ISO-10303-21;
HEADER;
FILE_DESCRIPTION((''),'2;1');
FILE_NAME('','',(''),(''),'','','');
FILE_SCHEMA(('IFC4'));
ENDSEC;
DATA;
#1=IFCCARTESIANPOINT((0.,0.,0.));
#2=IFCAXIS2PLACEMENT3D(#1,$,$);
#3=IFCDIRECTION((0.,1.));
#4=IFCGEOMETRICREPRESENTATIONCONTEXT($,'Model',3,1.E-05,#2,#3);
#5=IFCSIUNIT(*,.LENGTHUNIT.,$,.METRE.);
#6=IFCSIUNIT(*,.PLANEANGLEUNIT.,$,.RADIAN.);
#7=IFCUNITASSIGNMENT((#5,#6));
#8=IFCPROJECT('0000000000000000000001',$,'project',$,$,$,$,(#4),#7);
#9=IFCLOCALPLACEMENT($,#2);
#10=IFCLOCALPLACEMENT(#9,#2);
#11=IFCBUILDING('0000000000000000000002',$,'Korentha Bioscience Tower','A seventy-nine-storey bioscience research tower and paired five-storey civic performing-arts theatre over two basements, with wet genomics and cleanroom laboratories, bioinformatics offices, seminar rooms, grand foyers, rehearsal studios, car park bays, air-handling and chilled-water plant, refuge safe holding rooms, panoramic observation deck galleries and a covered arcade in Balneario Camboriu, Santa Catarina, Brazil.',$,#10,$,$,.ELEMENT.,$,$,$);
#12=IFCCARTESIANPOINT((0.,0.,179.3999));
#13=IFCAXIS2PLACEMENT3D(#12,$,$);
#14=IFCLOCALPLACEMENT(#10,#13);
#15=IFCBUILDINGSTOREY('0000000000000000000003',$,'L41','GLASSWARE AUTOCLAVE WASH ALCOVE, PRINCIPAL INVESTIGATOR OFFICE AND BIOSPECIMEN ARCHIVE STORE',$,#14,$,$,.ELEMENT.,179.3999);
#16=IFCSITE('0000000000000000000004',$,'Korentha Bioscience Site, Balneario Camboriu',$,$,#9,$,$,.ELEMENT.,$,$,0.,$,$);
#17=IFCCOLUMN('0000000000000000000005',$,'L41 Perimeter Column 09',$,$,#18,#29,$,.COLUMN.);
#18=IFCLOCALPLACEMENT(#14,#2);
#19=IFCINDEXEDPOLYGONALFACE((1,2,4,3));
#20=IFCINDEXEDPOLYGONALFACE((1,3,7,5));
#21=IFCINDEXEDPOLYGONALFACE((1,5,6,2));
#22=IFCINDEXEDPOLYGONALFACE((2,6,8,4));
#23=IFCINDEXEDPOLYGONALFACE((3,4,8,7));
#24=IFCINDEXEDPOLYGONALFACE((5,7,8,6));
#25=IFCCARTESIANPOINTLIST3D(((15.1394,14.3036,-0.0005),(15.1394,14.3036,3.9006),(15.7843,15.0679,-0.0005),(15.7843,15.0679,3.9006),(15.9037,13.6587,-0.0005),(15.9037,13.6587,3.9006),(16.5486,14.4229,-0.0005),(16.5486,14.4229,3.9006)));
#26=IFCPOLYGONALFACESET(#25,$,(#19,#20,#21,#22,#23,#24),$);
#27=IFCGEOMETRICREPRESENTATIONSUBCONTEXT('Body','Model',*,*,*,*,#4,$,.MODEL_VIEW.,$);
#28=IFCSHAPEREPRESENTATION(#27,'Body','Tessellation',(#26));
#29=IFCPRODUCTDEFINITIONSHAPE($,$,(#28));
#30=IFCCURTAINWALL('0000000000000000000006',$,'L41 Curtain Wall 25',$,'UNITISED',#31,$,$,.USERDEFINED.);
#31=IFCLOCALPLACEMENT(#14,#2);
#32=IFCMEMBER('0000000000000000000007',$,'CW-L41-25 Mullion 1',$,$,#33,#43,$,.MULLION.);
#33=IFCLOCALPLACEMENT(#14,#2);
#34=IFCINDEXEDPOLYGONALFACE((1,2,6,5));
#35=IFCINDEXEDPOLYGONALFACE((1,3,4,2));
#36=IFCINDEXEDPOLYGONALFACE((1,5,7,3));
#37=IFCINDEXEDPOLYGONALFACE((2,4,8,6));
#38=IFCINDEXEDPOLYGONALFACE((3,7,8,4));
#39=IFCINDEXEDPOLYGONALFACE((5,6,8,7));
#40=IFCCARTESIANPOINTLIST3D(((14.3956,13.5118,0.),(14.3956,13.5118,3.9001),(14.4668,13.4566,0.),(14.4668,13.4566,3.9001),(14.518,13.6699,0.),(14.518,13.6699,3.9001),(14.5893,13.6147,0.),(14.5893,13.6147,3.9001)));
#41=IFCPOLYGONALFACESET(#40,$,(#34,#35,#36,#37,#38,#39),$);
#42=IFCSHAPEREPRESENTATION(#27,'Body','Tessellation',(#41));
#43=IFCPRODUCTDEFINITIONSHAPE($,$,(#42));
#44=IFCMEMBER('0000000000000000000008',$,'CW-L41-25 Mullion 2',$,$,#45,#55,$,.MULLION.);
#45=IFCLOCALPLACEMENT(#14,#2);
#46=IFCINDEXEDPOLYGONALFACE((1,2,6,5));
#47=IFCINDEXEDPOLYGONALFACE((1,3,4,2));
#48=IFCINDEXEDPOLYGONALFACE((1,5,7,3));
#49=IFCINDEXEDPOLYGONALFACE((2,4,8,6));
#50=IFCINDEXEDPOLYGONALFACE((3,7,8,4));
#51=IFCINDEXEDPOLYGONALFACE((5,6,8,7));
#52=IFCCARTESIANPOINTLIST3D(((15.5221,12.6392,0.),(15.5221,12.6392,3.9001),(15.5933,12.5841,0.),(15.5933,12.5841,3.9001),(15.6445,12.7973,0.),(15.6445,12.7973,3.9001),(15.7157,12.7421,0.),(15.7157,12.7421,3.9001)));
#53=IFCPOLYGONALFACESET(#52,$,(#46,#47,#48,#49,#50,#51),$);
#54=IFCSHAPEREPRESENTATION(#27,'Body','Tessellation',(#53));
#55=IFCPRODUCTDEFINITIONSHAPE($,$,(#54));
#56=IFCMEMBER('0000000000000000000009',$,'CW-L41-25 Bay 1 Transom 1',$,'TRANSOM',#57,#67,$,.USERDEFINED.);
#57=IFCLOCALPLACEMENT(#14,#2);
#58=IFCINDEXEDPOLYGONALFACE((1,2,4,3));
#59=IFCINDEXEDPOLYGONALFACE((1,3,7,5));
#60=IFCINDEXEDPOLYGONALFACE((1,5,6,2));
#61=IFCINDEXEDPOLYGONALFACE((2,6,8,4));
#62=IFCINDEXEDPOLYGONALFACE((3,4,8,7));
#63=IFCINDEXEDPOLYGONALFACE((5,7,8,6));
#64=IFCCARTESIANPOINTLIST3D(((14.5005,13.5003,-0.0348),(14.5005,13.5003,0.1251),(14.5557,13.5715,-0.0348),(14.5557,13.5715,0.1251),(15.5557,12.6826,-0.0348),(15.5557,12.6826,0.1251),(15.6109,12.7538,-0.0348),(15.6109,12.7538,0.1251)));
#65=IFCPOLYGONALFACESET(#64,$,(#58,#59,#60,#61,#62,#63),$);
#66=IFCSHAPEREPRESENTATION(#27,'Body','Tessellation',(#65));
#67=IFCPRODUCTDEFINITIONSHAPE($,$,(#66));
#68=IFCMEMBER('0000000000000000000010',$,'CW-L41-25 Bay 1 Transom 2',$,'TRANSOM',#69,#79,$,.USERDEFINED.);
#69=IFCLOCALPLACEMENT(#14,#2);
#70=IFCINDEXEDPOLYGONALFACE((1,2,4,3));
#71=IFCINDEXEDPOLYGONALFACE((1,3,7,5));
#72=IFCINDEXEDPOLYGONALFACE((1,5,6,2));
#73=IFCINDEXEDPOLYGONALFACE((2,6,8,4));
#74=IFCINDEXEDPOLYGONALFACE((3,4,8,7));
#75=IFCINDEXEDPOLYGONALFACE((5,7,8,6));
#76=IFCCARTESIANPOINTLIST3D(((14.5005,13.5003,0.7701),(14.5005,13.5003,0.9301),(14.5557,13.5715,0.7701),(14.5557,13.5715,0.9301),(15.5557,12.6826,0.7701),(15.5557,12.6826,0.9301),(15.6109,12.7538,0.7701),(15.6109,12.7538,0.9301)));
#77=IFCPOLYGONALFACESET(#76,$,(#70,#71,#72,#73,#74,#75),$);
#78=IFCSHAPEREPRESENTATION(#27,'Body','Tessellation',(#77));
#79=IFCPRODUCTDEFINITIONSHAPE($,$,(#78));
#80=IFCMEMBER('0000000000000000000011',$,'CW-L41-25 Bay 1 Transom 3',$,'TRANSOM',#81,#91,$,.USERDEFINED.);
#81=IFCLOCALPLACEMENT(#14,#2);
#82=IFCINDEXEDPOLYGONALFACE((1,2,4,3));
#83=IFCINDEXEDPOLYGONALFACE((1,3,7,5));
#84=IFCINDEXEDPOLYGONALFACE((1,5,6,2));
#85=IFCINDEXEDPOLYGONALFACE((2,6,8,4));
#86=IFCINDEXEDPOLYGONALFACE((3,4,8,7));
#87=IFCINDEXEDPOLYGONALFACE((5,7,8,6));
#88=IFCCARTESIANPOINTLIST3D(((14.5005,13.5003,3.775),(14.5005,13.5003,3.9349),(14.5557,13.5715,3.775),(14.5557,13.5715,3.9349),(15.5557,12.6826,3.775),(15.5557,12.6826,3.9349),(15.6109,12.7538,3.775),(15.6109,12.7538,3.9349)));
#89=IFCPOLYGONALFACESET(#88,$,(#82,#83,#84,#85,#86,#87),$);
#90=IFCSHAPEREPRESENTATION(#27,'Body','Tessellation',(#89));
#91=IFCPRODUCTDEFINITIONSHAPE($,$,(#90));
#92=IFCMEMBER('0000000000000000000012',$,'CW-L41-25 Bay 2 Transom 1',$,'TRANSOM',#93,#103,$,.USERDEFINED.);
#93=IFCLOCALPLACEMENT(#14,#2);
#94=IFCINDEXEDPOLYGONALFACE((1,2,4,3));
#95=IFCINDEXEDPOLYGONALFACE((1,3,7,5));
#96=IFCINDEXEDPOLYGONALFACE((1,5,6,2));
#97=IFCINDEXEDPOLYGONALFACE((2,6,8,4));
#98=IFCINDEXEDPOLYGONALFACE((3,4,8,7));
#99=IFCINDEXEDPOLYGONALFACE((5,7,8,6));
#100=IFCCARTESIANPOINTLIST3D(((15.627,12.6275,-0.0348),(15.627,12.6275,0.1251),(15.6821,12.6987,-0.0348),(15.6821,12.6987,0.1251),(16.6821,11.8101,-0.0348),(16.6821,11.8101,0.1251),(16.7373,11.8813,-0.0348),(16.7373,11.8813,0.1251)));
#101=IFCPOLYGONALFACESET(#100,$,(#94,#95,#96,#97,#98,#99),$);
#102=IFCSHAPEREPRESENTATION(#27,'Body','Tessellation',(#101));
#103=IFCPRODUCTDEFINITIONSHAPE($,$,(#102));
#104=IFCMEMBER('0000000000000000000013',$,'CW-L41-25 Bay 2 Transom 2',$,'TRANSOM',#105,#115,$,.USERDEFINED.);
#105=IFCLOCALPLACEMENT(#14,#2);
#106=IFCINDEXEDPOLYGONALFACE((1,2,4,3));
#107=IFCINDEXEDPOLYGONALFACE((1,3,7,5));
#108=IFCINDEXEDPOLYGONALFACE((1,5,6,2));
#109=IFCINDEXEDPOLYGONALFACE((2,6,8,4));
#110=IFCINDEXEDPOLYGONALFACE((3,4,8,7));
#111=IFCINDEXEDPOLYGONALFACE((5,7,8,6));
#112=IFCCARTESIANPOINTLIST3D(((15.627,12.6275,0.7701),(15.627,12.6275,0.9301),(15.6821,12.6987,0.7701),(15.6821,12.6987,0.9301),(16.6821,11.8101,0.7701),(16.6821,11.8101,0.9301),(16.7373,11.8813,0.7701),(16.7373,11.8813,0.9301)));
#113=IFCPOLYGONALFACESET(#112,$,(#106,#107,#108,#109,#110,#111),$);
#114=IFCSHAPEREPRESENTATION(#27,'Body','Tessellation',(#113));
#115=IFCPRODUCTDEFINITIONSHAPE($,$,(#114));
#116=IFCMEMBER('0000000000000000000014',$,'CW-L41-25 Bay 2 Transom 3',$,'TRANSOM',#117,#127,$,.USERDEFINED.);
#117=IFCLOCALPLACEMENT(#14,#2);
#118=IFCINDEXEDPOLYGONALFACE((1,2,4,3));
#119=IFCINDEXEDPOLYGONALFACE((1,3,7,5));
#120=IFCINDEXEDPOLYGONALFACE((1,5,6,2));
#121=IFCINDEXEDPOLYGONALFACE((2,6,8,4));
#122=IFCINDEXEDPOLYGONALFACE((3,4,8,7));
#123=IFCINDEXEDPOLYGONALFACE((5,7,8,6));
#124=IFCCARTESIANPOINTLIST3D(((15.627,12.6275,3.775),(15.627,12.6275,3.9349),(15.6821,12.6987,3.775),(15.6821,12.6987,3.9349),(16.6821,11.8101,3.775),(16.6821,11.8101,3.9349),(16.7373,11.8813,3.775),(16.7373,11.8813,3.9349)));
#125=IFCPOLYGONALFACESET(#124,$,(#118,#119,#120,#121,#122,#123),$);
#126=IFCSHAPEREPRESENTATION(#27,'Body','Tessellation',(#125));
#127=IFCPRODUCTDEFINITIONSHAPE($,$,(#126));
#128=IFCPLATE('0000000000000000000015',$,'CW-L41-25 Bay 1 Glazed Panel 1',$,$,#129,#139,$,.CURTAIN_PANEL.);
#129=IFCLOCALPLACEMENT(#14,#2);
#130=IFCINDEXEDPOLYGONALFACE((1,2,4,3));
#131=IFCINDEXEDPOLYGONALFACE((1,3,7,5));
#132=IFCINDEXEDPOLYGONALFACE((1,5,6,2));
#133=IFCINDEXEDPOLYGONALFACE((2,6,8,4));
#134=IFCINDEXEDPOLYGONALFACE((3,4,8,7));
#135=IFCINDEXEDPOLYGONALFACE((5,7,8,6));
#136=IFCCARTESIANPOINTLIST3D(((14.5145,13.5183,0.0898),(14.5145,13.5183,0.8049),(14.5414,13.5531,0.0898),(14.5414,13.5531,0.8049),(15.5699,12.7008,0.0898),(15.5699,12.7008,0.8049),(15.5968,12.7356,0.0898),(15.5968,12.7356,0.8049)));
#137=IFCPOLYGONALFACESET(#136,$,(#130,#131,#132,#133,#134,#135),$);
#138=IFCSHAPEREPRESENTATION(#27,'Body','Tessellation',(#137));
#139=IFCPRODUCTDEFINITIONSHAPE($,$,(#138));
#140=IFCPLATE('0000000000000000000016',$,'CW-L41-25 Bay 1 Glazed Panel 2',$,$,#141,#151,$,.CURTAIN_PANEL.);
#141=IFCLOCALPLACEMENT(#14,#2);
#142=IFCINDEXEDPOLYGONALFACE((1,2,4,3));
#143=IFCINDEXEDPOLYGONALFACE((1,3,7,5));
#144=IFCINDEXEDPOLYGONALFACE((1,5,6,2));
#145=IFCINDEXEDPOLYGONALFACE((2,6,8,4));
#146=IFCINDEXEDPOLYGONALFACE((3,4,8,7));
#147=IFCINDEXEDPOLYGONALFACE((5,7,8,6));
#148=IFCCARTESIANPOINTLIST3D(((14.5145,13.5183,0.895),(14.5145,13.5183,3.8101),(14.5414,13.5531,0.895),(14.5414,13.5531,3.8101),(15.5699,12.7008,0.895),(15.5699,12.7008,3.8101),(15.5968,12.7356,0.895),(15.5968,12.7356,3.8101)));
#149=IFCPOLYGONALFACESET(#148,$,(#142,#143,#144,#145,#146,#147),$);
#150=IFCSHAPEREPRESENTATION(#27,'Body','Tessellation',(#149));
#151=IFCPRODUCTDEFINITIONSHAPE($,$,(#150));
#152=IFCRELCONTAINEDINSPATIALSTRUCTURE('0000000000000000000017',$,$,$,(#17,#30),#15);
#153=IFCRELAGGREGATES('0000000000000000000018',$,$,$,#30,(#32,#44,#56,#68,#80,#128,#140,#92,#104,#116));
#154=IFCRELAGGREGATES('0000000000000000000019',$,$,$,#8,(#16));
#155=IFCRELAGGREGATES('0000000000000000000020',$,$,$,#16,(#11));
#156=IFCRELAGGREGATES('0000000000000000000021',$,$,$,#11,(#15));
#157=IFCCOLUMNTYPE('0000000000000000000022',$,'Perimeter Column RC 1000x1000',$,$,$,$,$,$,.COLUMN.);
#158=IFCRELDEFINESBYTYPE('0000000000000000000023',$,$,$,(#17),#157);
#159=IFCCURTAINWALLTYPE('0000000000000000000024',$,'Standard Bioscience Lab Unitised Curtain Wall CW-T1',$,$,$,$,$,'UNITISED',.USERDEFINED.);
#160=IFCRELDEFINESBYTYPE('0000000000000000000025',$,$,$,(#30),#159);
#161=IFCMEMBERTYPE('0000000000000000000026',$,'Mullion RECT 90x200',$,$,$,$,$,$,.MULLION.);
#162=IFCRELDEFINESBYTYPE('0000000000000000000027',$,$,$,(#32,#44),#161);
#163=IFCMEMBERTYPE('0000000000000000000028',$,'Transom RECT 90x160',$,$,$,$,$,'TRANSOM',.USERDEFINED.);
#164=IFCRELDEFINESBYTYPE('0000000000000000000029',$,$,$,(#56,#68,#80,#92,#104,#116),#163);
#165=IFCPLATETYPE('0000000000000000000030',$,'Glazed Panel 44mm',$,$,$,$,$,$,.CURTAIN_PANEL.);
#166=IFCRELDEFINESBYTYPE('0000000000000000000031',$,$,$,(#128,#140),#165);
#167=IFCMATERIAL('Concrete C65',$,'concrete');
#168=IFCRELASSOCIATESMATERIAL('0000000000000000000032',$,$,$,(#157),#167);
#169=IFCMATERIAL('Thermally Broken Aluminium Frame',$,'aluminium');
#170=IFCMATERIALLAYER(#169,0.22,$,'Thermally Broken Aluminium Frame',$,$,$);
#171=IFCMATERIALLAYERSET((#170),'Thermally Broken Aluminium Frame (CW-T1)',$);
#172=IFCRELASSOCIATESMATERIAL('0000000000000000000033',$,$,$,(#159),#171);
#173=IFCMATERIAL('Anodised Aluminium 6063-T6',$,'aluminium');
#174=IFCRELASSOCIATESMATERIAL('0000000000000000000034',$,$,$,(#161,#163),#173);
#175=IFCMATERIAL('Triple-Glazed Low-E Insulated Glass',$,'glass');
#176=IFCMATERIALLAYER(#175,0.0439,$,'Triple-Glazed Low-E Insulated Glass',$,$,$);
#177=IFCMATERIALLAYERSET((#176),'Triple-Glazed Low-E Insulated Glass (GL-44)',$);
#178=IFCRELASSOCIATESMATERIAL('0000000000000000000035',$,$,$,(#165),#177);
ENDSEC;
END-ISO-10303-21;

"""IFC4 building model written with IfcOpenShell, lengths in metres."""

from ifc_helpers import new_model, si_unit, direction, frame, origin, origin_2d, place, context, subcontext, project, spatial, rectangle, extrude, material, layer, layer_set, material_profile, profile_set, type_object, element, aggregate, save


model = new_model("IFC4")

# Units and contexts
model_context = context("Model", 3, precision=1e-05, world=origin(), true_north=direction((0.0, 1.0)))
body_context = subcontext(model_context, "Body", "Model", "MODEL_VIEW")
ifc_project = project(units=[si_unit("LENGTHUNIT", "METRE"), si_unit("PLANEANGLEUNIT", "RADIAN")], contexts=[model_context])

# Site, building, storey
site_placement = place(None, origin())
site = spatial("IfcSite", under=ifc_project, at=site_placement, Name="Korentha Bioscience Site, Balneario Camboriu", CompositionType="ELEMENT", RefElevation=0.0)
building_placement = place(site_placement, origin())
building = spatial("IfcBuilding", under=site, at=building_placement, Name="Korentha Bioscience Tower", Description="A seventy-nine-storey bioscience research tower and paired five-storey civic performing-arts theatre over two basements, with wet genomics and cleanroom laboratories, bioinformatics offices, seminar rooms, grand foyers, rehearsal studios, car park bays, air-handling and chilled-water plant, refuge safe holding rooms, panoramic observation deck galleries and a covered arcade in Balneario Camboriu, Santa Catarina, Brazil.", CompositionType="ELEMENT")
storey_placement = place(building_placement, frame((0.0, 0.0, 179.3999)))
storey = spatial("IfcBuildingStorey", under=building, at=storey_placement, Name="L41", Description="GLASSWARE AUTOCLAVE WASH ALCOVE, PRINCIPAL INVESTIGATOR OFFICE AND BIOSPECIMEN ARCHIVE STORE", CompositionType="ELEMENT", Elevation=179.3999)

# Column
ifc_material_1 = material(Name="Concrete C65", Category="concrete")
ifc_material_profile_1 = material_profile(ifc_material_1, rectangle(XDim=1.0, YDim=1.0, at=origin_2d()), Name="Concrete C65")
ifc_profile_set_1 = profile_set([ifc_material_profile_1], Name="Concrete C65 (COL-P10)")
column_type = type_object("IfcColumnType", Name="Perimeter Column RC 1000x1000", PredefinedType="COLUMN", material=ifc_profile_set_1)
column_placement = place(storey_placement, frame((15.844, 14.3633, -0.0005), z_axis=(0.0, 0.0, 1.0), x_axis=(-0.764246, 0.644924, 0.0)))
element("IfcColumn", 1, at=column_placement, inside=storey, type_object=column_type, Name="L41 Perimeter Column 09", PredefinedType="COLUMN", context=body_context, shape_type="SweptSolid", body=[
    extrude(rectangle(XDim=1.0, YDim=1.0, at=origin_2d()), origin(), (0.0, 0.0, 1.0), 3.9011),
])

# Curtain wall, members, plates
ifc_material_2 = material(Name="Thermally Broken Aluminium Frame", Category="aluminium")
ifc_layer_1 = layer(ifc_material_2, 0.22, Name="Thermally Broken Aluminium Frame")
ifc_layer_set_1 = layer_set([ifc_layer_1], Name="Thermally Broken Aluminium Frame (CW-T1)")
curtain_wall_type = type_object("IfcCurtainWallType", Name="Standard Bioscience Lab Unitised Curtain Wall CW-T1", ElementType="UNITISED", PredefinedType="USERDEFINED", material=ifc_layer_set_1)
curtain_wall_placement = place(storey_placement, origin())
curtain_wall = element("IfcCurtainWall", 2, at=curtain_wall_placement, inside=storey, type_object=curtain_wall_type, Name="L41 Curtain Wall 25", ObjectType="UNITISED", PredefinedType="USERDEFINED")
ifc_material_3 = material(Name="Anodised Aluminium 6063-T6", Category="aluminium")
ifc_material_profile_2 = material_profile(ifc_material_3, rectangle(XDim=0.0901, YDim=0.2, at=origin_2d()), Name="Anodised Aluminium 6063-T6")
ifc_profile_set_2 = profile_set([ifc_material_profile_2], Name="Anodised Aluminium 6063-T6 (CW-MUL)")
member_type_1 = type_object("IfcMemberType", Name="Mullion RECT 90x200", PredefinedType="MULLION", material=ifc_profile_set_2)
member_1_placement = place(storey_placement, frame((14.4924, 13.5632, 0.0), z_axis=(0.0, 0.0, 1.0), x_axis=(0.790547, -0.612402, 0.0)))
member_1 = element("IfcMember", 3, at=member_1_placement, type_object=member_type_1, Name="CW-L41-25 Mullion 1", PredefinedType="MULLION", context=body_context, shape_type="SweptSolid", body=[
    extrude(rectangle(XDim=0.0901, YDim=0.2, at=origin_2d()), origin(), (0.0, 0.0, 1.0), 3.9001),
])
member_2_placement = place(storey_placement, frame((15.6189, 12.6907, 0.0), z_axis=(0.0, 0.0, 1.0), x_axis=(0.790547, -0.612402, 0.0)))
member_2 = element("IfcMember", 4, at=member_2_placement, type_object=member_type_1, Name="CW-L41-25 Mullion 2", PredefinedType="MULLION", context=body_context, shape_type="SweptSolid", body=[
    extrude(rectangle(XDim=0.0901, YDim=0.2, at=origin_2d()), origin(), (0.0, 0.0, 1.0), 3.9001),
])
ifc_material_profile_3 = material_profile(ifc_material_3, rectangle(XDim=0.0901, YDim=0.1599, at=origin_2d()), Name="Anodised Aluminium 6063-T6")
ifc_profile_set_3 = profile_set([ifc_material_profile_3], Name="Anodised Aluminium 6063-T6 (CW-TRN)")
member_type_2 = type_object("IfcMemberType", Name="Transom RECT 90x160", ElementType="TRANSOM", PredefinedType="USERDEFINED", material=ifc_profile_set_3)
member_3_placement = place(storey_placement, frame((14.5281, 13.5359, 0.0452), z_axis=(0.790464, -0.612509, 0.0), x_axis=(0.612509, 0.790464, 0.0)))
member_3 = element("IfcMember", 5, at=member_3_placement, type_object=member_type_2, Name="CW-L41-25 Bay 1 Transom 1", ObjectType="TRANSOM", PredefinedType="USERDEFINED", context=body_context, shape_type="SweptSolid", body=[
    extrude(rectangle(XDim=0.0901, YDim=0.1599, at=origin_2d()), origin(), (0.0, 0.0, 1.0), 1.335),
])
member_4_placement = place(storey_placement, frame((14.5281, 13.5359, 0.8501), z_axis=(0.790464, -0.612509, 0.0), x_axis=(0.612509, 0.790464, 0.0)))
member_4 = element("IfcMember", 6, at=member_4_placement, type_object=member_type_2, Name="CW-L41-25 Bay 1 Transom 2", ObjectType="TRANSOM", PredefinedType="USERDEFINED", context=body_context, shape_type="SweptSolid", body=[
    extrude(rectangle(XDim=0.0901, YDim=0.1599, at=origin_2d()), origin(), (0.0, 0.0, 1.0), 1.335),
])
member_5_placement = place(storey_placement, frame((14.5281, 13.5359, 3.855), z_axis=(0.790464, -0.612509, 0.0), x_axis=(0.612509, 0.790464, 0.0)))
member_5 = element("IfcMember", 7, at=member_5_placement, type_object=member_type_2, Name="CW-L41-25 Bay 1 Transom 3", ObjectType="TRANSOM", PredefinedType="USERDEFINED", context=body_context, shape_type="SweptSolid", body=[
    extrude(rectangle(XDim=0.0901, YDim=0.1599, at=origin_2d()), origin(), (0.0, 0.0, 1.0), 1.335),
])
member_6_placement = place(storey_placement, frame((15.6545, 12.6631, 0.0452), z_axis=(0.790552, -0.612395, 0.0), x_axis=(0.612395, 0.790552, 0.0)))
member_6 = element("IfcMember", 8, at=member_6_placement, type_object=member_type_2, Name="CW-L41-25 Bay 2 Transom 1", ObjectType="TRANSOM", PredefinedType="USERDEFINED", context=body_context, shape_type="SweptSolid", body=[
    extrude(rectangle(XDim=0.0901, YDim=0.1599, at=origin_2d()), origin(), (0.0, 0.0, 1.0), 1.3347),
])
member_7_placement = place(storey_placement, frame((15.6545, 12.6631, 0.8501), z_axis=(0.790552, -0.612395, 0.0), x_axis=(0.612395, 0.790552, 0.0)))
member_7 = element("IfcMember", 9, at=member_7_placement, type_object=member_type_2, Name="CW-L41-25 Bay 2 Transom 2", ObjectType="TRANSOM", PredefinedType="USERDEFINED", context=body_context, shape_type="SweptSolid", body=[
    extrude(rectangle(XDim=0.0901, YDim=0.1599, at=origin_2d()), origin(), (0.0, 0.0, 1.0), 1.3347),
])
member_8_placement = place(storey_placement, frame((15.6545, 12.6631, 3.855), z_axis=(0.790552, -0.612395, 0.0), x_axis=(0.612395, 0.790552, 0.0)))
member_8 = element("IfcMember", 10, at=member_8_placement, type_object=member_type_2, Name="CW-L41-25 Bay 2 Transom 3", ObjectType="TRANSOM", PredefinedType="USERDEFINED", context=body_context, shape_type="SweptSolid", body=[
    extrude(rectangle(XDim=0.0901, YDim=0.1599, at=origin_2d()), origin(), (0.0, 0.0, 1.0), 1.3347),
])
ifc_material_4 = material(Name="Triple-Glazed Low-E Insulated Glass", Category="glass")
ifc_layer_2 = layer(ifc_material_4, 0.0439, Name="Triple-Glazed Low-E Insulated Glass")
ifc_layer_set_2 = layer_set([ifc_layer_2], Name="Triple-Glazed Low-E Insulated Glass (GL-44)")
plate_type = type_object("IfcPlateType", Name="Glazed Panel 44mm", PredefinedType="CURTAIN_PANEL", material=ifc_layer_set_2)
plate_1_placement = place(storey_placement, frame((15.0557, 13.127, 0.0898), z_axis=(0.0, 0.0, 1.0), x_axis=(0.790547, -0.612402, 0.0)))
plate_1 = element("IfcPlate", 11, at=plate_1_placement, type_object=plate_type, Name="CW-L41-25 Bay 1 Glazed Panel 1", PredefinedType="CURTAIN_PANEL", context=body_context, shape_type="SweptSolid", body=[
    extrude(rectangle(XDim=1.335, YDim=0.0439, at=origin_2d()), origin(), (0.0, 0.0, 1.0), 0.7151),
])
plate_2_placement = place(storey_placement, frame((15.0557, 13.127, 0.895), z_axis=(0.0, 0.0, 1.0), x_axis=(0.790547, -0.612402, 0.0)))
plate_2 = element("IfcPlate", 12, at=plate_2_placement, type_object=plate_type, Name="CW-L41-25 Bay 1 Glazed Panel 2", PredefinedType="CURTAIN_PANEL", context=body_context, shape_type="SweptSolid", body=[
    extrude(rectangle(XDim=1.335, YDim=0.0439, at=origin_2d()), origin(), (0.0, 0.0, 1.0), 2.915),
])
aggregate(curtain_wall, [member_1, member_2, member_3, member_4, member_5, plate_1, plate_2, member_6, member_7, member_8])

save(model, "model.ifc")
